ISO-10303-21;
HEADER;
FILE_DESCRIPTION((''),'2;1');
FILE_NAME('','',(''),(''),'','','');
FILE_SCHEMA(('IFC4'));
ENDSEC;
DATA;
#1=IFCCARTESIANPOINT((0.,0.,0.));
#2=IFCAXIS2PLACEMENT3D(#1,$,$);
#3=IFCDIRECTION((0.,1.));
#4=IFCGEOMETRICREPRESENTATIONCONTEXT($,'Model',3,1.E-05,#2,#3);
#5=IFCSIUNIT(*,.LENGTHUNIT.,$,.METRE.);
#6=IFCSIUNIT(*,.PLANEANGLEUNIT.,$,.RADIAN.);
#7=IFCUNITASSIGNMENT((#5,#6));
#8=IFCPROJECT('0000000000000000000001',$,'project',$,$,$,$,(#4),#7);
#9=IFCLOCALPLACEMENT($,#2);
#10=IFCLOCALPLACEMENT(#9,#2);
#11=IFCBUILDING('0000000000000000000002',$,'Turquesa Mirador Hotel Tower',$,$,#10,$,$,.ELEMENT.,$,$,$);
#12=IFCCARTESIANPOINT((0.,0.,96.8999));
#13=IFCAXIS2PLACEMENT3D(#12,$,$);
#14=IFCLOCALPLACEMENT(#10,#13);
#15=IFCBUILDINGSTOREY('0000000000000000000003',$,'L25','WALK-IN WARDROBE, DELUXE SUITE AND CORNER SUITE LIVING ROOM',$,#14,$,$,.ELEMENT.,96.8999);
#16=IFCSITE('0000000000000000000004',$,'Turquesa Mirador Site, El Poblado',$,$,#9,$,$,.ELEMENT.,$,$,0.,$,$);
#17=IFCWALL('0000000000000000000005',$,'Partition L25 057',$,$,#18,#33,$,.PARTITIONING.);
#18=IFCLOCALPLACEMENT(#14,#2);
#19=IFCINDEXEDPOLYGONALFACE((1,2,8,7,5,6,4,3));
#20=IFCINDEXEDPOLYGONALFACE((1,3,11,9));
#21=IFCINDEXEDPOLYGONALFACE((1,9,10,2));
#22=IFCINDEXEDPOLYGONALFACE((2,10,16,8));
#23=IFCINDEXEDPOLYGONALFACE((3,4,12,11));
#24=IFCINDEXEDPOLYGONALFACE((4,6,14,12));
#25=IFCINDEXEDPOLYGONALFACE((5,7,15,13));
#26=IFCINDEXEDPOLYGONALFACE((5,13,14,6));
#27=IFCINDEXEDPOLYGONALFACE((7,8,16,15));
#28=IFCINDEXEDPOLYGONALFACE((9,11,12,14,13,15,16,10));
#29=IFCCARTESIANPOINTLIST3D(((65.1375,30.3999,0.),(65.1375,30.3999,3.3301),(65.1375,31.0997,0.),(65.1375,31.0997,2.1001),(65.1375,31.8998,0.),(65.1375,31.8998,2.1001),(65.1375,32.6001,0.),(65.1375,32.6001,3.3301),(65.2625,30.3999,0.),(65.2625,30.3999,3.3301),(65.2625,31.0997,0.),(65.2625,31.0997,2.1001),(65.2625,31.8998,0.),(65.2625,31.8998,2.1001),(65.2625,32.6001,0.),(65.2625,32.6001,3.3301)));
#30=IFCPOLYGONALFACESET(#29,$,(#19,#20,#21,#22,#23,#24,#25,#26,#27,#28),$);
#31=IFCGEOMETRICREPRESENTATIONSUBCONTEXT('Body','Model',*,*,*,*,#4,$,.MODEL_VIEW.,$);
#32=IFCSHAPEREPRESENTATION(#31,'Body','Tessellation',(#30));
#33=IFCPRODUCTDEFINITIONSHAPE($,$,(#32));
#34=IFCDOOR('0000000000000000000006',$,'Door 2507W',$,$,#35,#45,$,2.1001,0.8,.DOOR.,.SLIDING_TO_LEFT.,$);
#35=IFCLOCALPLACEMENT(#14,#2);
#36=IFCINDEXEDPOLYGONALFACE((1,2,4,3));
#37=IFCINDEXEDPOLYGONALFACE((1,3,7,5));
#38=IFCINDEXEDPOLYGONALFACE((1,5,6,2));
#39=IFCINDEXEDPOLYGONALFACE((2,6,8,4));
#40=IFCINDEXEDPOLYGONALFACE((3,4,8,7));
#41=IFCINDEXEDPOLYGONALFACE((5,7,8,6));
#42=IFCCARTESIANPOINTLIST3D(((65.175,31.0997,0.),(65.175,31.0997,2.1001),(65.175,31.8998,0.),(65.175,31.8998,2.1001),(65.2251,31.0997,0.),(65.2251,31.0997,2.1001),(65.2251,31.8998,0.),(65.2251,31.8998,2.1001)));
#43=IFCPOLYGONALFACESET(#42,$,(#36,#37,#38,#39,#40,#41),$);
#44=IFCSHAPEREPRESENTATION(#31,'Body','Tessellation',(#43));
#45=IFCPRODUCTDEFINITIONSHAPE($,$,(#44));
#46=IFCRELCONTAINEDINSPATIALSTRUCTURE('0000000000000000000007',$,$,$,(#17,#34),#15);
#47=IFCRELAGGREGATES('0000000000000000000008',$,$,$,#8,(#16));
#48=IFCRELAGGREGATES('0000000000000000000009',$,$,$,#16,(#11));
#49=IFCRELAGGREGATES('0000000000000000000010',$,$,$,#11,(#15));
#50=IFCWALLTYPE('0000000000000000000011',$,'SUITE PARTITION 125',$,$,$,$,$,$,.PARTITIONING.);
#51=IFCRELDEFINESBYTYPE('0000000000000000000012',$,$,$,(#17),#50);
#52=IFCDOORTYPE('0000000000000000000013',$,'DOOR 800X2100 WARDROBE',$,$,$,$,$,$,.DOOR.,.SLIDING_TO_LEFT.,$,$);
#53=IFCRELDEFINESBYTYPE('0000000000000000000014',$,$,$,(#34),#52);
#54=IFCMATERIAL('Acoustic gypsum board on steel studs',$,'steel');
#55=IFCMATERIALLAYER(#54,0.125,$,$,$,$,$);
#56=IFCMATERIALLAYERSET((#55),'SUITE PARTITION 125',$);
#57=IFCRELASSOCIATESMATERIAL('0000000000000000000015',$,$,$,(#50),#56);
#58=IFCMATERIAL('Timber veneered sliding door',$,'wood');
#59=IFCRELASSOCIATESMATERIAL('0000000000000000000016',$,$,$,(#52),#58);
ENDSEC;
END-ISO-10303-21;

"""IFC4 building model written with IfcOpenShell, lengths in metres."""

from ifc_helpers import new_model, si_unit, direction, frame, frame_2d, origin, place, context, subcontext, project, spatial, rectangle, extrude, material, layer, layer_set, type_object, element, fill, save


model = new_model("IFC4")

# Units and contexts
model_context = context("Model", 3, precision=1e-05, world=origin(), true_north=direction((0.0, 1.0)))
body_context = subcontext(model_context, "Body", "Model", "MODEL_VIEW")
ifc_project = project(units=[si_unit("LENGTHUNIT", "METRE"), si_unit("PLANEANGLEUNIT", "RADIAN")], contexts=[model_context])

# Site, building, storey
site_placement = place(None, origin())
site = spatial("IfcSite", under=ifc_project, at=site_placement, Name="Turquesa Mirador Site, El Poblado", CompositionType="ELEMENT", RefElevation=0.0)
building_placement = place(site_placement, origin())
building = spatial("IfcBuilding", under=site, at=building_placement, Name="Turquesa Mirador Hotel Tower", CompositionType="ELEMENT")
storey_placement = place(building_placement, frame((0.0, 0.0, 96.8999)))
storey = spatial("IfcBuildingStorey", under=building, at=storey_placement, Name="L25", Description="WALK-IN WARDROBE, DELUXE SUITE AND CORNER SUITE LIVING ROOM", CompositionType="ELEMENT", Elevation=96.8999)

# Shared definitions
ifc_material_1 = material(Name="Acoustic gypsum board on steel studs", Category="steel")
ifc_layer_1 = layer(ifc_material_1, 0.125)
ifc_layer_set_1 = layer_set([ifc_layer_1], Name="SUITE PARTITION 125")
wall_type_1 = type_object("IfcWallType", Name="SUITE PARTITION 125", PredefinedType="PARTITIONING", material=ifc_layer_set_1)

# Wall, opening, door
wall_1_placement = place(storey_placement, frame((65.2, 30.3999, 0.0), z_axis=(0.0, 0.0, 1.0), x_axis=(0.0, 1.0, 0.0)))
wall_1 = element("IfcWall", 1, at=wall_1_placement, inside=storey, type_object=wall_type_1, Name="Partition L25 057", PredefinedType="PARTITIONING", context=body_context, shape_type="SweptSolid", body=[
    extrude(rectangle(XDim=2.2002, YDim=0.125, at=frame_2d((1.1001, 0.0))), origin(), (0.0, 0.0, 1.0), 3.3301),
])
opening_1_placement = place(wall_1_placement, frame((0.7, 0.0, 0.0)))
opening_1 = element("IfcOpeningElement", 2, at=opening_1_placement, cuts=wall_1, PredefinedType="OPENING", context=body_context, shape_type="SweptSolid", body=[
    extrude(rectangle(XDim=0.8, YDim=2.1001, at=frame_2d((0.3999, 1.05))), frame((0.0, 0.0725, 0.0), z_axis=(0.0, -1.0, 0.0), x_axis=(1.0, 0.0, 0.0)), (0.0, 0.0, 1.0), 0.145),
])
ifc_material_2 = material(Name="Timber veneered sliding door", Category="wood")
door_type_1 = type_object("IfcDoorType", Name="DOOR 800X2100 WARDROBE", OperationType="SLIDING_TO_LEFT", PredefinedType="DOOR", material=ifc_material_2)
door_1_placement = place(opening_1_placement, origin())
door_1 = element("IfcDoor", 3, at=door_1_placement, inside=storey, type_object=door_type_1, Name="Door 2507W", OperationType="SLIDING_TO_LEFT", OverallHeight=2.1001, OverallWidth=0.8, PredefinedType="DOOR", context=body_context, shape_type="SweptSolid", body=[
    extrude(rectangle(XDim=0.8, YDim=2.1001, at=frame_2d((0.3999, 1.05))), frame((0.0, 0.0249, 0.0), z_axis=(0.0, -1.0, 0.0), x_axis=(1.0, 0.0, 0.0)), (0.0, 0.0, 1.0), 0.05),
])
fill(opening_1, door_1)

save(model, "model.ifc")
